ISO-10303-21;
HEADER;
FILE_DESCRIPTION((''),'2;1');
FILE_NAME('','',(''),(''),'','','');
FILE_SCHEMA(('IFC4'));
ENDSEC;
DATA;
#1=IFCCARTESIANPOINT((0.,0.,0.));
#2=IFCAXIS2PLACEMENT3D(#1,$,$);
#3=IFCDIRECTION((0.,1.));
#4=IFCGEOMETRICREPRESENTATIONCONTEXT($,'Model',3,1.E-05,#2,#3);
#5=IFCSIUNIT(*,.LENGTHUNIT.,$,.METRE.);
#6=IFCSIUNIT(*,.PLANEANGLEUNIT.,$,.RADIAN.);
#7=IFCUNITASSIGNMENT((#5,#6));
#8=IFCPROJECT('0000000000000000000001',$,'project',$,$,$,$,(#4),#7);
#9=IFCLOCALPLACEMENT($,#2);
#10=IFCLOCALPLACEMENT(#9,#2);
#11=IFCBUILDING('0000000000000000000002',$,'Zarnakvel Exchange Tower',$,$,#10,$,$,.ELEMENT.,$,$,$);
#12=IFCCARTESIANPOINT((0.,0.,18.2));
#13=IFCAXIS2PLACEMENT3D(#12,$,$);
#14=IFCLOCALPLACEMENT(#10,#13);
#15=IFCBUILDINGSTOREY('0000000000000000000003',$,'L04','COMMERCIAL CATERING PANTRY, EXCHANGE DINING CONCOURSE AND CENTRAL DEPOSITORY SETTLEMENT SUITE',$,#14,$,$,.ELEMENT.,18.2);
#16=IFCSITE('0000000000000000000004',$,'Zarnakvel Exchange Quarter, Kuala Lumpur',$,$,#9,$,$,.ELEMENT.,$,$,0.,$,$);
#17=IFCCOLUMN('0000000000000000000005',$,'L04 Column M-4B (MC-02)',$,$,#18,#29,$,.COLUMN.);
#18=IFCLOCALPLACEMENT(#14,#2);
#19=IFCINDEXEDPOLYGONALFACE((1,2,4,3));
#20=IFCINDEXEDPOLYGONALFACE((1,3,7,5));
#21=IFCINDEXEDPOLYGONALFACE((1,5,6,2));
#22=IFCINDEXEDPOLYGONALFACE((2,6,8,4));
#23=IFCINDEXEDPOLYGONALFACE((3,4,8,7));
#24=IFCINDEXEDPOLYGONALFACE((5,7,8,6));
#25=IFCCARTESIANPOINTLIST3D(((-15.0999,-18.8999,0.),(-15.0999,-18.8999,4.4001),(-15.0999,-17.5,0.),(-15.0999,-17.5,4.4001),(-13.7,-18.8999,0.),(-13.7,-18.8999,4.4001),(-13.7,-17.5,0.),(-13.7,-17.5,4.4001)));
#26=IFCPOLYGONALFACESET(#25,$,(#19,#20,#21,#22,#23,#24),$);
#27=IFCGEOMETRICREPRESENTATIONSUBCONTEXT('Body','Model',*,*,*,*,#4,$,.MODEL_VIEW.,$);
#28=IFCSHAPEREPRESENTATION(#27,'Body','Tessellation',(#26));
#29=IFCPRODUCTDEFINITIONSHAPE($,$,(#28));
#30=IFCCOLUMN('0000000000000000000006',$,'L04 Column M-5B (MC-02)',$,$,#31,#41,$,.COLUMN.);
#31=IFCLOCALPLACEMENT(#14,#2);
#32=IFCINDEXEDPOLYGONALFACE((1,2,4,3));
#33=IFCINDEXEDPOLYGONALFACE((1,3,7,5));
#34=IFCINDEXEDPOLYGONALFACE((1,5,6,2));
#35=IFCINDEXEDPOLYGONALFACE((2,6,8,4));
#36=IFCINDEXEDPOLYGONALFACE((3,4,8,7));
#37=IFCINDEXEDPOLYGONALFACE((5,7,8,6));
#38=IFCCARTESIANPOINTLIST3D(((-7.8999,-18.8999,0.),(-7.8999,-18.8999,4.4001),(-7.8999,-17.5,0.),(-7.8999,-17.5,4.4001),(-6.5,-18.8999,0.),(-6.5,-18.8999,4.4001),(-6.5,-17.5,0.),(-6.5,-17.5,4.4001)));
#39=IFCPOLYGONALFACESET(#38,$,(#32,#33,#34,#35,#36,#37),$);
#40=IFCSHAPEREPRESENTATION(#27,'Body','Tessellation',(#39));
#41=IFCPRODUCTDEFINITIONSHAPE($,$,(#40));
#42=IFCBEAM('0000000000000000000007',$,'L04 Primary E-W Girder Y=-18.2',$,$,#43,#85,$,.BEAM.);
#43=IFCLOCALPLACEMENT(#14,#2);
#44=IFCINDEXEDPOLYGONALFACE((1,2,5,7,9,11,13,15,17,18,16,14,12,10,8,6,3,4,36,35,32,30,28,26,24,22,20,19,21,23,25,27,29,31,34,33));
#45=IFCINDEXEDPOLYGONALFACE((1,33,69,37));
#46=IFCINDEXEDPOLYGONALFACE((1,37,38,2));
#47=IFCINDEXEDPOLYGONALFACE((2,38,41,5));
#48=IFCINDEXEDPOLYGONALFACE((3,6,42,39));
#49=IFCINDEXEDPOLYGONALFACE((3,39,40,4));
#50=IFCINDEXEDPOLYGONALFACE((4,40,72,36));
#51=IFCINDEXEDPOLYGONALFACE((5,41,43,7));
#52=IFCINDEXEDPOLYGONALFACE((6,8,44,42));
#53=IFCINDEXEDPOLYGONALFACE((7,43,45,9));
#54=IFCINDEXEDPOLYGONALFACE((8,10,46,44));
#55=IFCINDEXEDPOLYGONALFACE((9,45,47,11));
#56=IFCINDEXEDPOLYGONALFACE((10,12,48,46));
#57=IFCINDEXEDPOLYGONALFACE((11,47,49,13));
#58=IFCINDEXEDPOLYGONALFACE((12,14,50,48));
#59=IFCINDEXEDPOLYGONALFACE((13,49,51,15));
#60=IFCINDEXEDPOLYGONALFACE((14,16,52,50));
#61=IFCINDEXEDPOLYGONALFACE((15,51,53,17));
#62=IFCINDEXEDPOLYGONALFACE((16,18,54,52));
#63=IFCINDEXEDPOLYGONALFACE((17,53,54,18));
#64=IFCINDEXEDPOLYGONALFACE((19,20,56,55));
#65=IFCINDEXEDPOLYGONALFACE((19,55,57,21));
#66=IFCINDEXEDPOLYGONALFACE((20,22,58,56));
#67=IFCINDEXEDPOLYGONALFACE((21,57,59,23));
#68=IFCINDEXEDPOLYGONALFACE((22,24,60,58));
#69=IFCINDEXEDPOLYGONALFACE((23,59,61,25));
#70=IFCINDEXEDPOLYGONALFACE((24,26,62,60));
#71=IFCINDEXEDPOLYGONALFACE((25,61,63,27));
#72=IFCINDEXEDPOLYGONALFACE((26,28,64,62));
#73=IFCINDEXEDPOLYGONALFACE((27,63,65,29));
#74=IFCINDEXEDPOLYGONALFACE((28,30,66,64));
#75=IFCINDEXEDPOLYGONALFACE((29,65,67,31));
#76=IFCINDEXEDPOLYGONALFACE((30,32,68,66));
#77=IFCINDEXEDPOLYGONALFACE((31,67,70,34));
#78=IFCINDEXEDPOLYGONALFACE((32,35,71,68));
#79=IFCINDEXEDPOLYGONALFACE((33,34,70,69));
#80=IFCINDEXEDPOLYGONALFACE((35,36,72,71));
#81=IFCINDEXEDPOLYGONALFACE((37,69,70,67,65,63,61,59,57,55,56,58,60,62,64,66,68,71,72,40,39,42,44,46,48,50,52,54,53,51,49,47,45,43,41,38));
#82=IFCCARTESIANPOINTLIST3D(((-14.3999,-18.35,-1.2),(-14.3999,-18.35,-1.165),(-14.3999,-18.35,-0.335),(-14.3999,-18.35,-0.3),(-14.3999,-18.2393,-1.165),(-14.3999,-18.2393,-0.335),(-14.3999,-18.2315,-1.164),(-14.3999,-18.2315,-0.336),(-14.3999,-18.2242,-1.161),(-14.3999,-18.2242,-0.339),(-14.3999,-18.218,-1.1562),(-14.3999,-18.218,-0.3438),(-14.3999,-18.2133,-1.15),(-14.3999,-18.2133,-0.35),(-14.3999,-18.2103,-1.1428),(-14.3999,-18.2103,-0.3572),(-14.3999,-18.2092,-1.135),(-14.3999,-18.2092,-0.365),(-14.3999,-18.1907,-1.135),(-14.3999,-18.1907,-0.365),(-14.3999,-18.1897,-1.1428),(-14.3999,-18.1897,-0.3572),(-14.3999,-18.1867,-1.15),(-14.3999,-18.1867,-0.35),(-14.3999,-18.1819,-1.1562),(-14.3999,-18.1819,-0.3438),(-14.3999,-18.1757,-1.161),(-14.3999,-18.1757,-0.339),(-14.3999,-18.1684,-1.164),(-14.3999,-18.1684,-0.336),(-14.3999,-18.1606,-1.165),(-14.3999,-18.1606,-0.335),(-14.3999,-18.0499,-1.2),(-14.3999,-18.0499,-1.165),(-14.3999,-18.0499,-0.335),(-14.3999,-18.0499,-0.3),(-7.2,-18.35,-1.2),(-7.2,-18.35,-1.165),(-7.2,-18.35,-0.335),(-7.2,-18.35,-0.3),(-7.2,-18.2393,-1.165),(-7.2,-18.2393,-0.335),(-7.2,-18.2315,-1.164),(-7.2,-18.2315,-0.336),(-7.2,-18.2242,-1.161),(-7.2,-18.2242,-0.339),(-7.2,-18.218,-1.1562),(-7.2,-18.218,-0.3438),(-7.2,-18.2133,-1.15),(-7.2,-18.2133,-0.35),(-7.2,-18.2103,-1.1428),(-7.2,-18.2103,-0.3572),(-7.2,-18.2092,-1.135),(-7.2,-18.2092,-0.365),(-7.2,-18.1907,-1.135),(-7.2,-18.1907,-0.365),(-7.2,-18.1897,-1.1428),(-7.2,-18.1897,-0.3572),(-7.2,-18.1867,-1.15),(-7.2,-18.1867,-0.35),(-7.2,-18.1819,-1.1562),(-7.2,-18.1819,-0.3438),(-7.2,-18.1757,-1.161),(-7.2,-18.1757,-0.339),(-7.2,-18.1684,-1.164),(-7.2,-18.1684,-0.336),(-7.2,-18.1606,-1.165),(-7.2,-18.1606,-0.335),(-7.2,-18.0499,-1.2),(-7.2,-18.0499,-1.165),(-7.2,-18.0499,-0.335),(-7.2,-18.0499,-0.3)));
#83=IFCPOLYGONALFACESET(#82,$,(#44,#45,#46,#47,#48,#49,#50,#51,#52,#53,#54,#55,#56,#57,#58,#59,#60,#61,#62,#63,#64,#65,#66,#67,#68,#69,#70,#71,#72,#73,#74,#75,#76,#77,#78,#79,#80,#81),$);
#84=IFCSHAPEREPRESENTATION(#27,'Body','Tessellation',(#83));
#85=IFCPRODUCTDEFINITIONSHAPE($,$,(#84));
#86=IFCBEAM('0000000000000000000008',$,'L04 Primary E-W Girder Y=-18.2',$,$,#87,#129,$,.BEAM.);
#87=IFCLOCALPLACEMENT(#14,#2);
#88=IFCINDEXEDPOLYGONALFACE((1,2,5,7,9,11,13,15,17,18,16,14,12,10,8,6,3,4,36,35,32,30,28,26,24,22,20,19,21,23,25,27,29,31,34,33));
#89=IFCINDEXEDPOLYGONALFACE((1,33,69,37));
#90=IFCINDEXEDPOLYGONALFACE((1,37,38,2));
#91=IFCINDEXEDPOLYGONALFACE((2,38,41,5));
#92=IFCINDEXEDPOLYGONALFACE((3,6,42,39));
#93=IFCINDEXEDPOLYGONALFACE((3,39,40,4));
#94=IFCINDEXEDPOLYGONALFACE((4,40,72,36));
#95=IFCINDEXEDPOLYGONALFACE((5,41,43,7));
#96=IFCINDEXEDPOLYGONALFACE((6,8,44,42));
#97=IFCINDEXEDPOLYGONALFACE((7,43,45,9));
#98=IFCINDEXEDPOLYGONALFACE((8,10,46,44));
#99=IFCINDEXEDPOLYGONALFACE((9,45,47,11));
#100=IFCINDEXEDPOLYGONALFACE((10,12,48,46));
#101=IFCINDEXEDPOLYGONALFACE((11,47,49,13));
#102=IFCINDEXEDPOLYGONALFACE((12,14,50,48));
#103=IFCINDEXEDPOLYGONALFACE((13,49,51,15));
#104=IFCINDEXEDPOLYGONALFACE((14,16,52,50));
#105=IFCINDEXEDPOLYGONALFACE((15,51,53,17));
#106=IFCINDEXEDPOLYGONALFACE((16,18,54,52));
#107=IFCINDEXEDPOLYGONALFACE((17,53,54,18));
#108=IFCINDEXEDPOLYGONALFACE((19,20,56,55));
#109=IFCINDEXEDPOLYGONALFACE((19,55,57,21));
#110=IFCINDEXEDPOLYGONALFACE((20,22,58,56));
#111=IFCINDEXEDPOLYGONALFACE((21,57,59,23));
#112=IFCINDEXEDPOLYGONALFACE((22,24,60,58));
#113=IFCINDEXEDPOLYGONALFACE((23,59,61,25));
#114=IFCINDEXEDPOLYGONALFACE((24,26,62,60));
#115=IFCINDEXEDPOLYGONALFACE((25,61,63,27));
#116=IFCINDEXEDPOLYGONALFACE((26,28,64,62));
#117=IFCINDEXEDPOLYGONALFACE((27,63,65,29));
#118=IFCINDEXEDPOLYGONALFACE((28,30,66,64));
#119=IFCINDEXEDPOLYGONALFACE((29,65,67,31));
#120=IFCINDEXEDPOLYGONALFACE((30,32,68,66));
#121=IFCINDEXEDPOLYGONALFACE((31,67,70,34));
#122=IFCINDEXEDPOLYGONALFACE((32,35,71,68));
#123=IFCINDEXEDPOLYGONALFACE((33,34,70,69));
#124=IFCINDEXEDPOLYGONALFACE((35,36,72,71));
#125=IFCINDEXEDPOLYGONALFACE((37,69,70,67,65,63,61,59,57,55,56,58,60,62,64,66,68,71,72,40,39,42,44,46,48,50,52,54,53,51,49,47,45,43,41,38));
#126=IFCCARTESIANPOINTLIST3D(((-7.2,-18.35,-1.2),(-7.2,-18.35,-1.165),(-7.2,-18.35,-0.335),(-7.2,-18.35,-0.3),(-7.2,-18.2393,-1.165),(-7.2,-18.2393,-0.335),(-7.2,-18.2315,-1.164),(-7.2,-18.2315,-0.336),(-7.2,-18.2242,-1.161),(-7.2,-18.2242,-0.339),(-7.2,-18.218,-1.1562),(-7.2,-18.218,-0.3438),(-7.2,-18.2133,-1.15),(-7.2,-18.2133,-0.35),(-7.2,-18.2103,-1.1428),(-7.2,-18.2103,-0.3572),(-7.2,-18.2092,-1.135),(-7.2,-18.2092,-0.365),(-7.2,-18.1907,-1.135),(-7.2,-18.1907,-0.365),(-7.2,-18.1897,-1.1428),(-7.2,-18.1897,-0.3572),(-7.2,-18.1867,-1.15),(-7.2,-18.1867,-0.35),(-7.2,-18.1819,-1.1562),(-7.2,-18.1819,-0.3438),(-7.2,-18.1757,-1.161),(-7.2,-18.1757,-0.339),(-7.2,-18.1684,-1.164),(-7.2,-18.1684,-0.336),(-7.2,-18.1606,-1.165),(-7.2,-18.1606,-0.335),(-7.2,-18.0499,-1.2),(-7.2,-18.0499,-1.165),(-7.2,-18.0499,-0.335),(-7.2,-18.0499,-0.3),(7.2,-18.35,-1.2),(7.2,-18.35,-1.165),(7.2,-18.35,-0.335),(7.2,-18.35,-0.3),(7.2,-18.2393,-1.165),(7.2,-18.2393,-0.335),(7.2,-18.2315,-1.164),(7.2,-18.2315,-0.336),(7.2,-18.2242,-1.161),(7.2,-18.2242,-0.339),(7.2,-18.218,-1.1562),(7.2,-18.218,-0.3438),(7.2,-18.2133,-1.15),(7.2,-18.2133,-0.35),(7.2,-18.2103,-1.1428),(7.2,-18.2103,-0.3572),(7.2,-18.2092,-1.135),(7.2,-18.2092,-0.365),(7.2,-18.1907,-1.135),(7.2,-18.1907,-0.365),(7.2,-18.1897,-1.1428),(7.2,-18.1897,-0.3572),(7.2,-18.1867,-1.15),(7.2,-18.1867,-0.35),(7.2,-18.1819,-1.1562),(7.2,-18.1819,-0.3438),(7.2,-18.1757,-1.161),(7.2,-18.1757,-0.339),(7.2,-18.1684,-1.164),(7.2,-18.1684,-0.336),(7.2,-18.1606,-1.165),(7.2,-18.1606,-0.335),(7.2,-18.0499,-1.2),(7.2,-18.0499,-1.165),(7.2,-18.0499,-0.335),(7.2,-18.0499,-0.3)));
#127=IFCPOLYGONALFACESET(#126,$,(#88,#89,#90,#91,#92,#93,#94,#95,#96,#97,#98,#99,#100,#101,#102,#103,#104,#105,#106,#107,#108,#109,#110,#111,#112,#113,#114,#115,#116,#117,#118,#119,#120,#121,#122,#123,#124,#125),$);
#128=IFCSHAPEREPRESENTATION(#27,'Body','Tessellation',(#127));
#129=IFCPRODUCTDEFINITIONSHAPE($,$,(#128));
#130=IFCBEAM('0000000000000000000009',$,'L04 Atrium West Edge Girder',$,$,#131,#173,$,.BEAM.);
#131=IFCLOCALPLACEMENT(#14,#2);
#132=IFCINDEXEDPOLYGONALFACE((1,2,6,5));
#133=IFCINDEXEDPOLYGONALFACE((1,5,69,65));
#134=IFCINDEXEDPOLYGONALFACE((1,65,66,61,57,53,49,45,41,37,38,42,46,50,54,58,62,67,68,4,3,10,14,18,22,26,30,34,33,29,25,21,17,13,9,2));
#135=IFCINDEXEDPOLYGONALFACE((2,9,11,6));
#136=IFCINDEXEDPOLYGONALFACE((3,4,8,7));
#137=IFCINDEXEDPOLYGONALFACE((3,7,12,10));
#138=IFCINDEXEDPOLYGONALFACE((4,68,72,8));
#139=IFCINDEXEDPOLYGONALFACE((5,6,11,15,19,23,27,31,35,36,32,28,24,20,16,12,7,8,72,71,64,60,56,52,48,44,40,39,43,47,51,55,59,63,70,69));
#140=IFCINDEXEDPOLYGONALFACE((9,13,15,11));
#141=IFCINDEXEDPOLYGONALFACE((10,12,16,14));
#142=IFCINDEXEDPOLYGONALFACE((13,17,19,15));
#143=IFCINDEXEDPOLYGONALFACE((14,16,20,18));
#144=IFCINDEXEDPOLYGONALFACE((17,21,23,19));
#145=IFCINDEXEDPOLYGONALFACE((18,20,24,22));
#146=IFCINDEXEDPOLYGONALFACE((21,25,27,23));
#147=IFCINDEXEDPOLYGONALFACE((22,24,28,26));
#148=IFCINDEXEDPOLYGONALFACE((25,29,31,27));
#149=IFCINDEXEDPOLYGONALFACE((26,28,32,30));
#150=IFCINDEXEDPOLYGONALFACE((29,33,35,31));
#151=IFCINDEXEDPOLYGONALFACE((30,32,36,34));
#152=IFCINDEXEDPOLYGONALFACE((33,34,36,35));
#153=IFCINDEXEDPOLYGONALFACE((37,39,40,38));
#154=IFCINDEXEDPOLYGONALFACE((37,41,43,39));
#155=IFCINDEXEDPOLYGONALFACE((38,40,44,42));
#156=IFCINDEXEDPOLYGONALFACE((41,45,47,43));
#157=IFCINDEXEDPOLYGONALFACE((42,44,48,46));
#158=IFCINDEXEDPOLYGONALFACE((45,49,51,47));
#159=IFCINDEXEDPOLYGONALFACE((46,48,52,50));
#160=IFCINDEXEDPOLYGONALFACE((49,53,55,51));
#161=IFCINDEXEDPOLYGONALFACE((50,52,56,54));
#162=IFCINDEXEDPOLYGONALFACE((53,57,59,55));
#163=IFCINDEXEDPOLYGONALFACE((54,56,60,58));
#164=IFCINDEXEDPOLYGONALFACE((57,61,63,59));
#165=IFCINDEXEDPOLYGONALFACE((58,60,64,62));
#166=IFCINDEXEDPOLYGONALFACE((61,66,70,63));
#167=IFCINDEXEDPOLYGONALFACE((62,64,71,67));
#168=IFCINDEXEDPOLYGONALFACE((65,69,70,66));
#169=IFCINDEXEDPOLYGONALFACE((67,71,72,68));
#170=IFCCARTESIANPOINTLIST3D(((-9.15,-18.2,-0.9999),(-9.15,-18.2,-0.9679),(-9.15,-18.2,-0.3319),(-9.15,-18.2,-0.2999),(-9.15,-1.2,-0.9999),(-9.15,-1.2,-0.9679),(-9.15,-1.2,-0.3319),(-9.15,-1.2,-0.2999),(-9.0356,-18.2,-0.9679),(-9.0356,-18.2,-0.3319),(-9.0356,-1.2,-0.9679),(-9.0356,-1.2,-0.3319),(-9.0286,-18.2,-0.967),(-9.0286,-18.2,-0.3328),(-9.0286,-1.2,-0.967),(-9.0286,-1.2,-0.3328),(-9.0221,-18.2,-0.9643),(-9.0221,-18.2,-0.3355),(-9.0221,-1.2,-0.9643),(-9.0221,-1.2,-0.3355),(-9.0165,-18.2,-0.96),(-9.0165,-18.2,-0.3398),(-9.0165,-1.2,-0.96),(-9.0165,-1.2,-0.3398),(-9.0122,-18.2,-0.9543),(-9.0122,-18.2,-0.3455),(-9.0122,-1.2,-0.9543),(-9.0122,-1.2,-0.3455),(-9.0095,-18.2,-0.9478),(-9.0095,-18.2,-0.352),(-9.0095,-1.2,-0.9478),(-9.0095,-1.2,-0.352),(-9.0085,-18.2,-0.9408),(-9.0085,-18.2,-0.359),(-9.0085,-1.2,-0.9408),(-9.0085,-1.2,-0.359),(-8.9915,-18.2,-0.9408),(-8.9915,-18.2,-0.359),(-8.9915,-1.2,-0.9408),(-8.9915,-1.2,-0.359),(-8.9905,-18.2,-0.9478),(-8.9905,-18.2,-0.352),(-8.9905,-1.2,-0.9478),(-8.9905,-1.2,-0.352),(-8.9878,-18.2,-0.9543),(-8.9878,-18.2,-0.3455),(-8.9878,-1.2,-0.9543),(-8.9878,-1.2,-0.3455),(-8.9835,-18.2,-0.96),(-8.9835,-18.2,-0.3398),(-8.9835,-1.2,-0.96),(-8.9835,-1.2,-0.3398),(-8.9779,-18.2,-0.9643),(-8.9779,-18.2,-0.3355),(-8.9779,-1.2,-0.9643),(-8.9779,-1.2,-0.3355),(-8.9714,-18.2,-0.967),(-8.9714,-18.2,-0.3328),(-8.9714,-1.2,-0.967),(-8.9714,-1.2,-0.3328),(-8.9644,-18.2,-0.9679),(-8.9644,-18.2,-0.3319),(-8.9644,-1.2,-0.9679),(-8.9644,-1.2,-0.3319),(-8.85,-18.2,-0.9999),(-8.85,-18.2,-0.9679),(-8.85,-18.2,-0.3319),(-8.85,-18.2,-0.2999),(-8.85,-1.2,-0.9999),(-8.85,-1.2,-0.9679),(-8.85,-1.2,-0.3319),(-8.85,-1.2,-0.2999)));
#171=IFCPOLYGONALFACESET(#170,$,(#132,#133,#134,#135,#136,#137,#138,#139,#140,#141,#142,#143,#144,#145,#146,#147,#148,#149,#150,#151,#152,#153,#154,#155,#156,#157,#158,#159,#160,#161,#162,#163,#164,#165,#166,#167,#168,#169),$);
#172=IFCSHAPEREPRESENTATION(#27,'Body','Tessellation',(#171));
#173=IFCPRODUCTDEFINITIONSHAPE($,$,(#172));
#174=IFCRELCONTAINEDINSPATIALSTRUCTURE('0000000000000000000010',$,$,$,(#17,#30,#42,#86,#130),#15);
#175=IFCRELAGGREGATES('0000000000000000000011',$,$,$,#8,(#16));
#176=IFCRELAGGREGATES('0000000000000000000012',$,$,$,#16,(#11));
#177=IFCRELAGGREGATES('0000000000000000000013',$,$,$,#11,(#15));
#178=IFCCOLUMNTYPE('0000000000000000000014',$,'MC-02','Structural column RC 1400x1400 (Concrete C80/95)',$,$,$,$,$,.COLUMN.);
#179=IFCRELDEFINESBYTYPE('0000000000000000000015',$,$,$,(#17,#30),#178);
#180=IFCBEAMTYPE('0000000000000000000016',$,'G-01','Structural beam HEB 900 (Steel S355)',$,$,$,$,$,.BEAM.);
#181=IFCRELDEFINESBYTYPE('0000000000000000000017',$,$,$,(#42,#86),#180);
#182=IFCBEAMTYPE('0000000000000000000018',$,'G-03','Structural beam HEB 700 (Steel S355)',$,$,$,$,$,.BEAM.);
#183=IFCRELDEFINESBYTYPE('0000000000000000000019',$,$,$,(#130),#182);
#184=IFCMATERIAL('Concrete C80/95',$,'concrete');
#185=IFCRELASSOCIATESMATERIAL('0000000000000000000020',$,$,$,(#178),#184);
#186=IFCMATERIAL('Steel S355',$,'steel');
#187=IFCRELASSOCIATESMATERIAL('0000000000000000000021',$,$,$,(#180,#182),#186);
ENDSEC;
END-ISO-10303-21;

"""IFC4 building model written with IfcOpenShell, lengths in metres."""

from ifc_helpers import new_model, si_unit, direction, frame, origin, origin_2d, place, context, subcontext, project, spatial, rectangle, i_section, extrude, material, material_profile, profile_set, type_object, element, save


model = new_model("IFC4")

# Units and contexts
model_context = context("Model", 3, precision=1e-05, world=origin(), true_north=direction((0.0, 1.0)))
body_context = subcontext(model_context, "Body", "Model", "MODEL_VIEW")
ifc_project = project(units=[si_unit("LENGTHUNIT", "METRE"), si_unit("PLANEANGLEUNIT", "RADIAN")], contexts=[model_context])

# Site, building, storey
site_placement = place(None, origin())
site = spatial("IfcSite", under=ifc_project, at=site_placement, Name="Zarnakvel Exchange Quarter, Kuala Lumpur", CompositionType="ELEMENT", RefElevation=0.0)
building_placement = place(site_placement, origin())
building = spatial("IfcBuilding", under=site, at=building_placement, Name="Zarnakvel Exchange Tower", CompositionType="ELEMENT")
storey_placement = place(building_placement, frame((0.0, 0.0, 18.2)))
storey = spatial("IfcBuildingStorey", under=building, at=storey_placement, Name="L04", Description="COMMERCIAL CATERING PANTRY, EXCHANGE DINING CONCOURSE AND CENTRAL DEPOSITORY SETTLEMENT SUITE", CompositionType="ELEMENT", Elevation=18.2)

# Columns
ifc_material_1 = material(Name="Concrete C80/95", Category="concrete")
ifc_material_profile_1 = material_profile(ifc_material_1, rectangle(XDim=1.3999, YDim=1.3999, at=origin_2d()))
ifc_profile_set_1 = profile_set([ifc_material_profile_1], Name="Concrete C80/95")
column_type = type_object("IfcColumnType", Name="MC-02", Description="Structural column RC 1400x1400 (Concrete C80/95)", PredefinedType="COLUMN", material=ifc_profile_set_1)
for number, where, z_axis, x_axis, name in (
    (1, (-14.3999, -18.2, 0.0), (0.0, 0.0, 1.0), (1.0, 0.0, 0.0), "L04 Column M-4B (MC-02)"),
    (2, (-7.2, -18.2, 0.0), (0.0, 0.0, 1.0), (1.0, 0.0, 0.0), "L04 Column M-5B (MC-02)"),
):
    element("IfcColumn", number, at=place(storey_placement, frame(where, z_axis=z_axis, x_axis=x_axis)), inside=storey, type_object=column_type, Name=name, PredefinedType="COLUMN", context=body_context, shape_type="SweptSolid", body=[
        extrude(rectangle(XDim=1.3999, YDim=1.3999, at=origin_2d()), origin(), (0.0, 0.0, 1.0), 4.4001),
    ])

# Beams
ifc_material_2 = material(Name="Steel S355", Category="steel")
ifc_material_profile_2 = material_profile(ifc_material_2, i_section(OverallWidth=0.3, OverallDepth=0.8999, WebThickness=0.0186, FlangeThickness=0.0349, FilletRadius=0.03, at=origin_2d()))
ifc_profile_set_2 = profile_set([ifc_material_profile_2], Name="Steel S355")
beam_type_1 = type_object("IfcBeamType", Name="G-01", Description="Structural beam HEB 900 (Steel S355)", PredefinedType="BEAM", material=ifc_profile_set_2)
beam_1_placement = place(storey_placement, frame((-14.3999, -18.2, -0.75), z_axis=(1.0, 0.0, 0.0), x_axis=(0.0, 1.0, 0.0)))
element("IfcBeam", 3, at=beam_1_placement, inside=storey, type_object=beam_type_1, Name="L04 Primary E-W Girder Y=-18.2", PredefinedType="BEAM", context=body_context, shape_type="SweptSolid", body=[
    extrude(i_section(OverallWidth=0.3, OverallDepth=0.8999, WebThickness=0.0186, FlangeThickness=0.0349, FilletRadius=0.03, at=origin_2d()), origin(), (0.0, 0.0, 1.0), 7.2),
])
beam_2_placement = place(storey_placement, frame((-7.2, -18.2, -0.75), z_axis=(1.0, 0.0, 0.0), x_axis=(0.0, 1.0, 0.0)))
element("IfcBeam", 4, at=beam_2_placement, inside=storey, type_object=beam_type_1, Name="L04 Primary E-W Girder Y=-18.2", PredefinedType="BEAM", context=body_context, shape_type="SweptSolid", body=[
    extrude(i_section(OverallWidth=0.3, OverallDepth=0.8999, WebThickness=0.0186, FlangeThickness=0.0349, FilletRadius=0.03, at=origin_2d()), origin(), (0.0, 0.0, 1.0), 14.3999),
])
ifc_material_profile_3 = material_profile(ifc_material_2, i_section(OverallWidth=0.3, OverallDepth=0.7, WebThickness=0.0171, FlangeThickness=0.032, FilletRadius=0.0271, at=origin_2d()))
ifc_profile_set_3 = profile_set([ifc_material_profile_3], Name="Steel S355")
beam_type_2 = type_object("IfcBeamType", Name="G-03", Description="Structural beam HEB 700 (Steel S355)", PredefinedType="BEAM", material=ifc_profile_set_3)
beam_3_placement = place(storey_placement, frame((-9.0, -18.2, -0.6499), z_axis=(0.0, 1.0, 0.0), x_axis=(-1.0, 0.0, 0.0)))
element("IfcBeam", 5, at=beam_3_placement, inside=storey, type_object=beam_type_2, Name="L04 Atrium West Edge Girder", PredefinedType="BEAM", context=body_context, shape_type="SweptSolid", body=[
    extrude(i_section(OverallWidth=0.3, OverallDepth=0.7, WebThickness=0.0171, FlangeThickness=0.032, FilletRadius=0.0271, at=origin_2d()), origin(), (0.0, 0.0, 1.0), 17.0),
])

save(model, "model.ifc")
